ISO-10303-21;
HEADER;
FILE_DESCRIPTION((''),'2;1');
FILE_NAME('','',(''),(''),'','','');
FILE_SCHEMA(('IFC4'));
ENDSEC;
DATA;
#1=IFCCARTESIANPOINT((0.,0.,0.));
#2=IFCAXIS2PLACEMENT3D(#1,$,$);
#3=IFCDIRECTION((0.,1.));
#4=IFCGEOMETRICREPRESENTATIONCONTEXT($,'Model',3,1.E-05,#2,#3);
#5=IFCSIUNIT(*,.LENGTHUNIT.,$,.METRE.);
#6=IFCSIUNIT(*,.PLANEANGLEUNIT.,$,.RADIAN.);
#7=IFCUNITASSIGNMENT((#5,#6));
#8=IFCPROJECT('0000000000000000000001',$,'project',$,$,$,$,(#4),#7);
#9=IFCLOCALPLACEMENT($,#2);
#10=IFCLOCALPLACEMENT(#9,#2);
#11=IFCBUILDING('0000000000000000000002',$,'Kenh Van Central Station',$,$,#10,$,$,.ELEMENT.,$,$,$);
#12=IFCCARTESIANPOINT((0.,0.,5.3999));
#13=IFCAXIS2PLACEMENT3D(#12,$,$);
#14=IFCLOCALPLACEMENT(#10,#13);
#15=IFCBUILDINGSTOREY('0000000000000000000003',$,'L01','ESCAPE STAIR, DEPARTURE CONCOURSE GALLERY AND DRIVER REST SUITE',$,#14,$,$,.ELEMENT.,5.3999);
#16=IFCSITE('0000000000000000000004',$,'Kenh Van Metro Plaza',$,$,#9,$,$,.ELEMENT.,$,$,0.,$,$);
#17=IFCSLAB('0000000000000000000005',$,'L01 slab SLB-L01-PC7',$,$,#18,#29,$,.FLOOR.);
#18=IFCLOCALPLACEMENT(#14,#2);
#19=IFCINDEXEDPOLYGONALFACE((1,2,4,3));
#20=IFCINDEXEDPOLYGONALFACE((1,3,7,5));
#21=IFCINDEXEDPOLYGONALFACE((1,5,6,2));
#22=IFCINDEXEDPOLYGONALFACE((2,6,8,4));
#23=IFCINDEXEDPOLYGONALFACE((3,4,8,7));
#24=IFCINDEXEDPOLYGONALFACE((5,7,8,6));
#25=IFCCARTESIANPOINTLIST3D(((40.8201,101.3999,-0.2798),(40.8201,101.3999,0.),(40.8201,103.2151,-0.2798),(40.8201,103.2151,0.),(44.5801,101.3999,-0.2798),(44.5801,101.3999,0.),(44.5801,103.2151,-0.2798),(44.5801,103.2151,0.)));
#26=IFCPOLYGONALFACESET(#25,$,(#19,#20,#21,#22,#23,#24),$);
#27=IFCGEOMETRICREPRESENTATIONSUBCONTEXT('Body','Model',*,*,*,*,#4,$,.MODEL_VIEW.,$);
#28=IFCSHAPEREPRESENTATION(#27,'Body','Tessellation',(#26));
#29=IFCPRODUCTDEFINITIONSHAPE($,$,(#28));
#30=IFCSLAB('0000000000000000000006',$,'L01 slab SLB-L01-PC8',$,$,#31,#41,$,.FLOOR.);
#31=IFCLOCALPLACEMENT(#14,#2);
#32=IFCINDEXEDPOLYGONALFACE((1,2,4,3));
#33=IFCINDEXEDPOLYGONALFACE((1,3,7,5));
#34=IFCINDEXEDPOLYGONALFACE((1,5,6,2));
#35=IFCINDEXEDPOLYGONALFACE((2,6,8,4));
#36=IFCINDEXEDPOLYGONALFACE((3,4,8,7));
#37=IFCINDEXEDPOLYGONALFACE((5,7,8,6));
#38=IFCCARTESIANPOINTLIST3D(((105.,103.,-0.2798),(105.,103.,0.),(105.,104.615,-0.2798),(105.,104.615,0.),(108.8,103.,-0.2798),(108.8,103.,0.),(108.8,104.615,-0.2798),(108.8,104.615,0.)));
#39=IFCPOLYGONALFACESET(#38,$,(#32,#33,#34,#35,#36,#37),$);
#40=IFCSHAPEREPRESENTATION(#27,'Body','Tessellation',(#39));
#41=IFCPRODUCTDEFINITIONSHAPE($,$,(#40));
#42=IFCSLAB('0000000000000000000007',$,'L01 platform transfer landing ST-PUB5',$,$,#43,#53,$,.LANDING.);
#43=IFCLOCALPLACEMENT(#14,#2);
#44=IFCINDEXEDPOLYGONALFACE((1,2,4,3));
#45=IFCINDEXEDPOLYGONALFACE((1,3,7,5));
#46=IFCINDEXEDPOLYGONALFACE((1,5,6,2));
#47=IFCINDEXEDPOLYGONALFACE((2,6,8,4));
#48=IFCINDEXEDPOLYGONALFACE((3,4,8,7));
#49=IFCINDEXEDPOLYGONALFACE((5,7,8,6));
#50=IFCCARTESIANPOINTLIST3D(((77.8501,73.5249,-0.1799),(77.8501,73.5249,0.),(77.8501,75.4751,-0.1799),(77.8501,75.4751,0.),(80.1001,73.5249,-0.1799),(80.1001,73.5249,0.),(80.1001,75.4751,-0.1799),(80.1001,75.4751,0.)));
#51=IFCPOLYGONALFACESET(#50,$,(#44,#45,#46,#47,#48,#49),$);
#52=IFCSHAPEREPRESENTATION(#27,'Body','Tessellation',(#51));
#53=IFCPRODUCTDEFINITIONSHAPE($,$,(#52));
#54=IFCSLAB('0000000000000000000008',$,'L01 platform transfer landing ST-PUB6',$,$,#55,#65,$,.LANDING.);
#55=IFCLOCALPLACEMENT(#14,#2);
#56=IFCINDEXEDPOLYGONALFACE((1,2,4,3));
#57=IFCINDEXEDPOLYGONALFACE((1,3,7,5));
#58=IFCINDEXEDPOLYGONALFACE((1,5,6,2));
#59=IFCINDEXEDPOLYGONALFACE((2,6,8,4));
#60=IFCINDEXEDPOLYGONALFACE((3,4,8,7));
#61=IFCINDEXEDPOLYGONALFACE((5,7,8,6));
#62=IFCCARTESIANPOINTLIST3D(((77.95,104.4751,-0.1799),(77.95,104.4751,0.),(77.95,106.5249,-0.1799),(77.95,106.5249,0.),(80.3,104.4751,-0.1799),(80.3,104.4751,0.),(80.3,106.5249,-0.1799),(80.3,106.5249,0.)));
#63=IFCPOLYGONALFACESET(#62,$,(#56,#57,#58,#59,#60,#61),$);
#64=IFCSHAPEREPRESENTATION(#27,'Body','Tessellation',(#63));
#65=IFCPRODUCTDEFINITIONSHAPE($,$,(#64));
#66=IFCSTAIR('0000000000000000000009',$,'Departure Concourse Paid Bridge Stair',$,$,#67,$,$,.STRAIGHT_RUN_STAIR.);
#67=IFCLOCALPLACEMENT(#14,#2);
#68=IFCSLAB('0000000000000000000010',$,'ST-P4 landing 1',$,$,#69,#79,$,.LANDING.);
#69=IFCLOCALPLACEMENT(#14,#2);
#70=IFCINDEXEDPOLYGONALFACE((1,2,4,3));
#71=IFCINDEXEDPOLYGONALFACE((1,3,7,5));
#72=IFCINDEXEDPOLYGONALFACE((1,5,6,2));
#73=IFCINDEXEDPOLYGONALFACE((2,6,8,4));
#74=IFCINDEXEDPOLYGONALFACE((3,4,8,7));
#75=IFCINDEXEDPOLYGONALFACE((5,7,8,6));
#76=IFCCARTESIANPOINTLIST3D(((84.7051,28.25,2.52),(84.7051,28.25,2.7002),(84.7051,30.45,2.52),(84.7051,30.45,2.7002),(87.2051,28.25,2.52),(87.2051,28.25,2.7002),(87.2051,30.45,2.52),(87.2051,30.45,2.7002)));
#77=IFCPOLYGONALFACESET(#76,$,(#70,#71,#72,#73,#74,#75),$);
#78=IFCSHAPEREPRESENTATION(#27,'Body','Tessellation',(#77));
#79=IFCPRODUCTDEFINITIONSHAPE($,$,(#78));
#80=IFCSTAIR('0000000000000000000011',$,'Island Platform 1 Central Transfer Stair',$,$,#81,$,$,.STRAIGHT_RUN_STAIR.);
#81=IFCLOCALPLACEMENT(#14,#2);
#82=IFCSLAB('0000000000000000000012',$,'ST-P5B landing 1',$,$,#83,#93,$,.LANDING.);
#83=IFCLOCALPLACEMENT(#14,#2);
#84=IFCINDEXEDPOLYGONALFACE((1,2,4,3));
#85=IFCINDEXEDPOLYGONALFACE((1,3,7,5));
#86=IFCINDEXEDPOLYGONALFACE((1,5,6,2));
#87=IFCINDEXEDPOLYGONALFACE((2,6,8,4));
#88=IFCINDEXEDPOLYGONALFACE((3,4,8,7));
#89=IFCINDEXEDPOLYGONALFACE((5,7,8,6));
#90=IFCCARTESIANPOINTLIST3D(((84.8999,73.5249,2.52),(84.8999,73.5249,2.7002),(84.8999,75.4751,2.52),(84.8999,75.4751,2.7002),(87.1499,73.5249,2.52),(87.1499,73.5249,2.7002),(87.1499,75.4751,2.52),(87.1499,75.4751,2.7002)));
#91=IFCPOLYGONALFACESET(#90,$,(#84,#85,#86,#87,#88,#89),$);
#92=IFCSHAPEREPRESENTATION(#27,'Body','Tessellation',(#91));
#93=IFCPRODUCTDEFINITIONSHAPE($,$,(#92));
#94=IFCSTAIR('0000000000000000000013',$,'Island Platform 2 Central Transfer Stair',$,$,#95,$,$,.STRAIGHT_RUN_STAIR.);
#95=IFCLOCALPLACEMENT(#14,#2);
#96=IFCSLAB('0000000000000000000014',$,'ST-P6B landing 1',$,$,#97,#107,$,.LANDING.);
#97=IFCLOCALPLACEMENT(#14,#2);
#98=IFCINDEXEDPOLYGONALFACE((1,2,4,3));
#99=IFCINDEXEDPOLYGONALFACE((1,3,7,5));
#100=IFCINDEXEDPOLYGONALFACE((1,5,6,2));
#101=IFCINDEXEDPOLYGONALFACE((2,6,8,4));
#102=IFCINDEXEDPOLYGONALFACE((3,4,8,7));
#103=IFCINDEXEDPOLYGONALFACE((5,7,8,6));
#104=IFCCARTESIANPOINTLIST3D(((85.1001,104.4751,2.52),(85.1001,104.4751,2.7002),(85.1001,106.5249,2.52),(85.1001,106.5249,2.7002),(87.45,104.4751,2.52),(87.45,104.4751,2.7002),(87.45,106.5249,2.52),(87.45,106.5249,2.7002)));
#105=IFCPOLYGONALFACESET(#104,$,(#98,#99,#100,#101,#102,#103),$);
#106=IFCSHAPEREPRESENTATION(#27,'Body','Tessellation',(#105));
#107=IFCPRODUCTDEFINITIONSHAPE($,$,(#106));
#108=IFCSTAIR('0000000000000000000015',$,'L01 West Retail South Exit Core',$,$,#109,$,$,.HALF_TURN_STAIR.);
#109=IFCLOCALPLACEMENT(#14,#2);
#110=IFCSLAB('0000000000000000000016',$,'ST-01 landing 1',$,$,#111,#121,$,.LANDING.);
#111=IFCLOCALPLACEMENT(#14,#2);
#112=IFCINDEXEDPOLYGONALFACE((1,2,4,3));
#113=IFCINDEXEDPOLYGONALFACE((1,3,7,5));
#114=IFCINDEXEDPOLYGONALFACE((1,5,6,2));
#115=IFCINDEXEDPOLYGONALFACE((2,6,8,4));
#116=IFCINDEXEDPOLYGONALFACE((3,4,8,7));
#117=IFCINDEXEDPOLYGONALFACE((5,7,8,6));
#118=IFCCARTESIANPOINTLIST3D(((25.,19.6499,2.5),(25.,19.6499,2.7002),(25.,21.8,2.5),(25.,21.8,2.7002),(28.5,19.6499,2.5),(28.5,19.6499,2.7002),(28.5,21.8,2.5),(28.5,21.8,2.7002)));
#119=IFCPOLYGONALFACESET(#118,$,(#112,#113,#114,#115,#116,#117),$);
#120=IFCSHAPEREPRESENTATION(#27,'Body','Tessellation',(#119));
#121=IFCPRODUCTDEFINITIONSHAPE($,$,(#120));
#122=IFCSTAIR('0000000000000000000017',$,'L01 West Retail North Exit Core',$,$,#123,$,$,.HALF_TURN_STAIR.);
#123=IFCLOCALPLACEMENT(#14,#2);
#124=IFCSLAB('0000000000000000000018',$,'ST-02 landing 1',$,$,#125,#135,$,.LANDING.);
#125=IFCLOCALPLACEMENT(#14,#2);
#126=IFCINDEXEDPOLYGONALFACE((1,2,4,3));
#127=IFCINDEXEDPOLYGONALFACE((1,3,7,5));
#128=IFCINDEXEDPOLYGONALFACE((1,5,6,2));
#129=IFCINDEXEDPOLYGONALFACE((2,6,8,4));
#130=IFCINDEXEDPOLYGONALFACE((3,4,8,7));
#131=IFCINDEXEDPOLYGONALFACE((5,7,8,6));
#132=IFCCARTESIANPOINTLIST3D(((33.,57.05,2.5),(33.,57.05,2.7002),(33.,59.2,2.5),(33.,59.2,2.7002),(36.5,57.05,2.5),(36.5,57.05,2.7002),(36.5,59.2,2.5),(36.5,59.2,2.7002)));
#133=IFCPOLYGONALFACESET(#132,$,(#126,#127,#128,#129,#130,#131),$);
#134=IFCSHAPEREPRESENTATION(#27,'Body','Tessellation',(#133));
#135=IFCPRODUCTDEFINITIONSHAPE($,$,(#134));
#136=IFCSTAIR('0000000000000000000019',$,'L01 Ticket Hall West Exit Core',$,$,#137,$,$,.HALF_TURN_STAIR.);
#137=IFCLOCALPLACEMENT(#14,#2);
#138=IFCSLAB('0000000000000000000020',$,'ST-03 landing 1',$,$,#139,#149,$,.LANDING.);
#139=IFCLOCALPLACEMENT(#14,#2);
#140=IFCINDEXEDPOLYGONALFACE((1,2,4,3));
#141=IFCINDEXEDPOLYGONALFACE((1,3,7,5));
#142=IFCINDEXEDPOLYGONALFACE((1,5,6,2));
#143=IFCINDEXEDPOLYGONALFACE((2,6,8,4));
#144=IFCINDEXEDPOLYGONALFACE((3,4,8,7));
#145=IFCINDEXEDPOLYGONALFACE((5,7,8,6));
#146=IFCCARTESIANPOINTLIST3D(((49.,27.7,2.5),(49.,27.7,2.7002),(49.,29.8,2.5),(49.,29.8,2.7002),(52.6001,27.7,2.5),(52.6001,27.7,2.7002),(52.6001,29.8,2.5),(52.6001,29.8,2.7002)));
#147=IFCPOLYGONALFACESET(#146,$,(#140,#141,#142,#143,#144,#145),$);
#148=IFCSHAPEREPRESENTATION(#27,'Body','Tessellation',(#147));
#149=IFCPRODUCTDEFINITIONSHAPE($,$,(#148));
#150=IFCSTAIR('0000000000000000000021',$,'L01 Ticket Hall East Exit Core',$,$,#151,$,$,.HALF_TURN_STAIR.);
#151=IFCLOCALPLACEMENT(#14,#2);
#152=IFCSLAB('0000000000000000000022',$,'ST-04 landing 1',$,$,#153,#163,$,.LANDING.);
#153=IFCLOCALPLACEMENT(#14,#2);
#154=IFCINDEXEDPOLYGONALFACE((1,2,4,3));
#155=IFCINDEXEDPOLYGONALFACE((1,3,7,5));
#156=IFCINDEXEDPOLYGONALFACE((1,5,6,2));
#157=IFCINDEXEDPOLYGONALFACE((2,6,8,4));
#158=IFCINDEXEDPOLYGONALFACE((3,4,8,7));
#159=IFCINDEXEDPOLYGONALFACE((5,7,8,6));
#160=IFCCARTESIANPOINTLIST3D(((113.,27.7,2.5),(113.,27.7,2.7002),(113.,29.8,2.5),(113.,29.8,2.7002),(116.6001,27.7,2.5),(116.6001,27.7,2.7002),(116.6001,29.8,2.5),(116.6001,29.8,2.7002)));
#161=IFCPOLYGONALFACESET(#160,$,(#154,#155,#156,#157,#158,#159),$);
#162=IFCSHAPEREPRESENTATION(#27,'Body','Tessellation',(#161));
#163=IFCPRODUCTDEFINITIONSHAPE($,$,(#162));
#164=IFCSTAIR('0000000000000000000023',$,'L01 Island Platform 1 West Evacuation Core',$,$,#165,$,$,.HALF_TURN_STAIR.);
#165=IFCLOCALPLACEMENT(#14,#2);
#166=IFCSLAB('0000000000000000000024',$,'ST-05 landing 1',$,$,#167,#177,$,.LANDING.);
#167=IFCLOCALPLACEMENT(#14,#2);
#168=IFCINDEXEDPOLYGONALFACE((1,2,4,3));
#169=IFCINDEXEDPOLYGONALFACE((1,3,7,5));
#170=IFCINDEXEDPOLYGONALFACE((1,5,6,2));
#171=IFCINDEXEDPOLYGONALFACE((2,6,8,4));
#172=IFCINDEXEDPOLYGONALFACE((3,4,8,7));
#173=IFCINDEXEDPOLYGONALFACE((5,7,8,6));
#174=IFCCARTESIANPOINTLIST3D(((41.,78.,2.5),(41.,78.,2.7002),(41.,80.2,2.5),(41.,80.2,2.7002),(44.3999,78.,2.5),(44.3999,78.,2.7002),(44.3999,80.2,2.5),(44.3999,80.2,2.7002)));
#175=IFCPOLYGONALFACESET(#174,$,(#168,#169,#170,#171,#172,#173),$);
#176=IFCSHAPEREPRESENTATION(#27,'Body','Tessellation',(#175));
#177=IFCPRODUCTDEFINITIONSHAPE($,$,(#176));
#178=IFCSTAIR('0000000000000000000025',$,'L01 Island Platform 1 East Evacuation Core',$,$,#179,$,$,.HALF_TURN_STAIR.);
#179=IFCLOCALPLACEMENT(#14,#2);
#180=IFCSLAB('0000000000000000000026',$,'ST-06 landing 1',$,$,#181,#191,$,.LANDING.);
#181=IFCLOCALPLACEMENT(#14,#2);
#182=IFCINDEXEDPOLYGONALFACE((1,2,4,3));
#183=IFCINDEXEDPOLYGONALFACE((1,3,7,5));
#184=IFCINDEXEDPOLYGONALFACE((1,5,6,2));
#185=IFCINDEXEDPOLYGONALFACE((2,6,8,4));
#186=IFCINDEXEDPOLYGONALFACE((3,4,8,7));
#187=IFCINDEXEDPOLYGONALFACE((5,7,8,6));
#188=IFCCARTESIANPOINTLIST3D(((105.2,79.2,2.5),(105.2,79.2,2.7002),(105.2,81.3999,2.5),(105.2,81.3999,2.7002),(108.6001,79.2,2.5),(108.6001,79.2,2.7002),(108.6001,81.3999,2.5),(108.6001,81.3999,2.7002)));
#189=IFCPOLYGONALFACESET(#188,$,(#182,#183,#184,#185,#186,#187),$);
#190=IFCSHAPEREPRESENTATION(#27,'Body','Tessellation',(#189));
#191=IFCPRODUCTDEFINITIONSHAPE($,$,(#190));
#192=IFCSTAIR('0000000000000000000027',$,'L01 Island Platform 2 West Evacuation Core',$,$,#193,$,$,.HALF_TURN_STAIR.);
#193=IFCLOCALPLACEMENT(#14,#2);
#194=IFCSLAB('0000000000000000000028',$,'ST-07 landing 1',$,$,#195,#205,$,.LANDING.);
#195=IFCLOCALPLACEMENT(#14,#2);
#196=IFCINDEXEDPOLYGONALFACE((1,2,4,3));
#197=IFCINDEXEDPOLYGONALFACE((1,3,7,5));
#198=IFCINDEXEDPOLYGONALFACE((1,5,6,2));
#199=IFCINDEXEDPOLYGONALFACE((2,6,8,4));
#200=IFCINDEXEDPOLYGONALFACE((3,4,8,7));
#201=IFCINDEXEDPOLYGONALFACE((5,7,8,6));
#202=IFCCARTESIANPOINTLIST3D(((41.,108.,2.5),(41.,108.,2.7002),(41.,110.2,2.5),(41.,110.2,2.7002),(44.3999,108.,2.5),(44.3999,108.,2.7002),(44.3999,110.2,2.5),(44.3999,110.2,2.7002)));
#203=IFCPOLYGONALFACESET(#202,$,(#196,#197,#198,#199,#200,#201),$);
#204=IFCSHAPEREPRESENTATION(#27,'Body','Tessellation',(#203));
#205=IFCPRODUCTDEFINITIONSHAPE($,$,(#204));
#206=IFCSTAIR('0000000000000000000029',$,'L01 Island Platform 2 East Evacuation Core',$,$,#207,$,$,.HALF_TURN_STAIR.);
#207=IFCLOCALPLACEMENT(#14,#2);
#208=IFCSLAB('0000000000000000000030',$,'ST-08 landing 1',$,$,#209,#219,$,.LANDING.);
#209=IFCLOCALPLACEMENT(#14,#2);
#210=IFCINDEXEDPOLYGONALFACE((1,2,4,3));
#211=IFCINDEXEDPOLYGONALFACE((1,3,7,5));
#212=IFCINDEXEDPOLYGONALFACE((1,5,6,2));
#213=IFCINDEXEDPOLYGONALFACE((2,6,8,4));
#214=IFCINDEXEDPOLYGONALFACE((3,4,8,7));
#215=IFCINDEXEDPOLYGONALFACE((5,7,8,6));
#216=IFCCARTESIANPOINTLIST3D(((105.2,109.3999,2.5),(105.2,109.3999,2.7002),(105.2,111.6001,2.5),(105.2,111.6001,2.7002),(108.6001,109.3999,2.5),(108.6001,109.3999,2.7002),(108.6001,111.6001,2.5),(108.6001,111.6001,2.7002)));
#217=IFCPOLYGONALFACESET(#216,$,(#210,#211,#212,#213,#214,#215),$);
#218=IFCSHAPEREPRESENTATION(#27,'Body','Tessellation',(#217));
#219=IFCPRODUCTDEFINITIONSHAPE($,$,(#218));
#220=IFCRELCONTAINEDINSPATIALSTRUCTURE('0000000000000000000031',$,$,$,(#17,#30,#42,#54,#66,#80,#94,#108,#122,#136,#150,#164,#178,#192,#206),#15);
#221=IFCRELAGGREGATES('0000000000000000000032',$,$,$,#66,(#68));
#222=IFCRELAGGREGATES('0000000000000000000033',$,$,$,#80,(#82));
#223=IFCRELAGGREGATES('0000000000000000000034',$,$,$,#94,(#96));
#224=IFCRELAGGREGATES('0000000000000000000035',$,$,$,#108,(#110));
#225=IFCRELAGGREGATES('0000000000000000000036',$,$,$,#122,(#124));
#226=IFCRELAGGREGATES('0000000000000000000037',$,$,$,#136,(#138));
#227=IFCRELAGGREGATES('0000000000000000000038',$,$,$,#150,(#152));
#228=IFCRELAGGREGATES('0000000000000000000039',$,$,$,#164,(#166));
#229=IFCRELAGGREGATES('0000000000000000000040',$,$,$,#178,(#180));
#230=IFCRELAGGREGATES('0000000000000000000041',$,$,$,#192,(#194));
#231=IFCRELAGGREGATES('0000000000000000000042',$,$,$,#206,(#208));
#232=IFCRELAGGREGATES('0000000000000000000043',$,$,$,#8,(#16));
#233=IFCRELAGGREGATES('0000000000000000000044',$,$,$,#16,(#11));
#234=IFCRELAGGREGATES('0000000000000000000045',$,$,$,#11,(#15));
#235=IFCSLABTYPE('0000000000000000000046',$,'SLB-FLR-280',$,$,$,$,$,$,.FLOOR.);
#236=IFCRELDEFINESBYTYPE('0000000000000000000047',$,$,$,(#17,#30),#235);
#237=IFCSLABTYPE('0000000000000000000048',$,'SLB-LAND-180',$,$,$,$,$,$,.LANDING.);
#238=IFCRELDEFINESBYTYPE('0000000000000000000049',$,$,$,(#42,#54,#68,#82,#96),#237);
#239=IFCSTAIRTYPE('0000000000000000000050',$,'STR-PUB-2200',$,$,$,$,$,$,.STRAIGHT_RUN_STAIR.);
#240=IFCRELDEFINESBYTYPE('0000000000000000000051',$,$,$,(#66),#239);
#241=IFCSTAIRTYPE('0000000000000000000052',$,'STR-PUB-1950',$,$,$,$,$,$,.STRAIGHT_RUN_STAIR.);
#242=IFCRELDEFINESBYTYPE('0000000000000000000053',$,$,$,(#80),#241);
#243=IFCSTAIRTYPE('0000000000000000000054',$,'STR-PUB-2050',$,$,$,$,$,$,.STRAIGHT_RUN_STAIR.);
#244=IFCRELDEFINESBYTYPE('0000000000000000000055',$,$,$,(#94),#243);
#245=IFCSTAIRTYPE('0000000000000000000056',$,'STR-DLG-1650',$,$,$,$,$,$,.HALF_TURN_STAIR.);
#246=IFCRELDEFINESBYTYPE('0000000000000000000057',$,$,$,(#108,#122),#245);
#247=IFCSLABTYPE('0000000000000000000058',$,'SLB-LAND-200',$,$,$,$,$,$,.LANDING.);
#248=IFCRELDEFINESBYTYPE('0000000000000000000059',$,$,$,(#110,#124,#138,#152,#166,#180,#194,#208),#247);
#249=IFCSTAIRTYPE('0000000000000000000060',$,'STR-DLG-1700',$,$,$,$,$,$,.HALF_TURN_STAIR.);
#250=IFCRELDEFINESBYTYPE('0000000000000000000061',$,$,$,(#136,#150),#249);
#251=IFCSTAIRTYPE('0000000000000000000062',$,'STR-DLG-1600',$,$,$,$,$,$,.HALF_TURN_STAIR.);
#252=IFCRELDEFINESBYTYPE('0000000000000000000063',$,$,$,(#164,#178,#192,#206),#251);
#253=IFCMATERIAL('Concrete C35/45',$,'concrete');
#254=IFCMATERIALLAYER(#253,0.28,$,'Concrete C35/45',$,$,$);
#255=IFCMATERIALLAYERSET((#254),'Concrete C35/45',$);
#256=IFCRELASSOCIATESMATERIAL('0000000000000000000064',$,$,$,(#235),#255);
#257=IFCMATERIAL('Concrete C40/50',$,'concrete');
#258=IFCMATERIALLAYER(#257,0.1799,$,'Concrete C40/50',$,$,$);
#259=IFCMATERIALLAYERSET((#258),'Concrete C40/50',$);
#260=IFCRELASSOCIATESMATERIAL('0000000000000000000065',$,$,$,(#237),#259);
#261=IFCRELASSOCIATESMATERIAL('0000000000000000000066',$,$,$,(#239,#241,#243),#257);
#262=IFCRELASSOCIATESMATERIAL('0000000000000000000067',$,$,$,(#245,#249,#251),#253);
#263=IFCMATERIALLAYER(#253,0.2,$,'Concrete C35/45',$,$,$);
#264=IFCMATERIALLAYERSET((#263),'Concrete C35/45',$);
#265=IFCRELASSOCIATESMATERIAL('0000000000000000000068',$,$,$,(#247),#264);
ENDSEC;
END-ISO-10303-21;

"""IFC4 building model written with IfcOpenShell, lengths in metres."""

from ifc_helpers import new_model, si_unit, direction, frame, origin, place, context, subcontext, project, spatial, polyline, outline, extrude, material, layer, layer_set, type_object, element, aggregate, save


model = new_model("IFC4")

# Units and contexts
model_context = context("Model", 3, precision=1e-05, world=origin(), true_north=direction((0.0, 1.0)))
body_context = subcontext(model_context, "Body", "Model", "MODEL_VIEW")
ifc_project = project(units=[si_unit("LENGTHUNIT", "METRE"), si_unit("PLANEANGLEUNIT", "RADIAN")], contexts=[model_context])

# Site, building, storey
site_placement = place(None, origin())
site = spatial("IfcSite", under=ifc_project, at=site_placement, Name="Kenh Van Metro Plaza", CompositionType="ELEMENT", RefElevation=0.0)
building_placement = place(site_placement, origin())
building = spatial("IfcBuilding", under=site, at=building_placement, Name="Kenh Van Central Station", CompositionType="ELEMENT")
storey_placement = place(building_placement, frame((0.0, 0.0, 5.3999)))
storey = spatial("IfcBuildingStorey", under=building, at=storey_placement, Name="L01", Description="ESCAPE STAIR, DEPARTURE CONCOURSE GALLERY AND DRIVER REST SUITE", CompositionType="ELEMENT", Elevation=5.3999)

# Shared definitions
ifc_material_1 = material(Name="Concrete C35/45", Category="concrete")
ifc_material_2 = material(Name="Concrete C40/50", Category="concrete")

# Slabs
ifc_layer_1 = layer(ifc_material_1, 0.28, Name="Concrete C35/45")
ifc_layer_set_1 = layer_set([ifc_layer_1], Name="Concrete C35/45")
slab_type_1 = type_object("IfcSlabType", Name="SLB-FLR-280", PredefinedType="FLOOR", material=ifc_layer_set_1)
slab_1_placement = place(storey_placement, frame((0.0, 0.0, -0.2798)))
element("IfcSlab", 1, at=slab_1_placement, inside=storey, type_object=slab_type_1, Name="L01 slab SLB-L01-PC7", PredefinedType="FLOOR", context=body_context, shape_type="SweptSolid", body=[
    extrude(outline(polyline([(40.8201, 101.3999), (44.5801, 101.3999), (44.5801, 103.2151), (40.8201, 103.2151), (40.8201, 101.3999)])), origin(), (0.0, 0.0, 1.0), 0.2798),
])
slab_2_placement = place(storey_placement, frame((0.0, 0.0, -0.2798)))
element("IfcSlab", 2, at=slab_2_placement, inside=storey, type_object=slab_type_1, Name="L01 slab SLB-L01-PC8", PredefinedType="FLOOR", context=body_context, shape_type="SweptSolid", body=[
    extrude(outline(polyline([(105.0, 103.0), (108.8, 103.0), (108.8, 104.615), (105.0, 104.615), (105.0, 103.0)])), origin(), (0.0, 0.0, 1.0), 0.2798),
])
ifc_layer_2 = layer(ifc_material_2, 0.1799, Name="Concrete C40/50")
ifc_layer_set_2 = layer_set([ifc_layer_2], Name="Concrete C40/50")
slab_type_2 = type_object("IfcSlabType", Name="SLB-LAND-180", PredefinedType="LANDING", material=ifc_layer_set_2)
slab_3_placement = place(storey_placement, frame((0.0, 0.0, -0.1799)))
element("IfcSlab", 3, at=slab_3_placement, inside=storey, type_object=slab_type_2, Name="L01 platform transfer landing ST-PUB5", PredefinedType="LANDING", context=body_context, shape_type="SweptSolid", body=[
    extrude(outline(polyline([(77.8501, 73.5249), (80.1001, 73.5249), (80.1001, 75.4751), (77.8501, 75.4751), (77.8501, 73.5249)])), origin(), (0.0, 0.0, 1.0), 0.1799),
])
slab_4_placement = place(storey_placement, frame((0.0, 0.0, -0.1799)))
element("IfcSlab", 4, at=slab_4_placement, inside=storey, type_object=slab_type_2, Name="L01 platform transfer landing ST-PUB6", PredefinedType="LANDING", context=body_context, shape_type="SweptSolid", body=[
    extrude(outline(polyline([(77.95, 104.4751), (80.3, 104.4751), (80.3, 106.5249), (77.95, 106.5249), (77.95, 104.4751)])), origin(), (0.0, 0.0, 1.0), 0.1799),
])

# Stairs, slabs
stair_type_1 = type_object("IfcStairType", Name="STR-PUB-2200", PredefinedType="STRAIGHT_RUN_STAIR", material=ifc_material_2)
stair_1_placement = place(storey_placement, origin())
stair_1 = element("IfcStair", 5, at=stair_1_placement, inside=storey, type_object=stair_type_1, Name="Departure Concourse Paid Bridge Stair", PredefinedType="STRAIGHT_RUN_STAIR")
slab_5_placement = place(storey_placement, frame((0.0, 0.0, 2.52)))
slab_5 = element("IfcSlab", 6, at=slab_5_placement, type_object=slab_type_2, Name="ST-P4 landing 1", PredefinedType="LANDING", context=body_context, shape_type="SweptSolid", body=[
    extrude(outline(polyline([(84.7051, 28.25), (87.2051, 28.25), (87.2051, 30.45), (84.7051, 30.45), (84.7051, 28.25)])), origin(), (0.0, 0.0, 1.0), 0.1802),
])
aggregate(stair_1, [slab_5])
stair_type_2 = type_object("IfcStairType", Name="STR-PUB-1950", PredefinedType="STRAIGHT_RUN_STAIR", material=ifc_material_2)
stair_2_placement = place(storey_placement, origin())
stair_2 = element("IfcStair", 7, at=stair_2_placement, inside=storey, type_object=stair_type_2, Name="Island Platform 1 Central Transfer Stair", PredefinedType="STRAIGHT_RUN_STAIR")
slab_6_placement = place(storey_placement, frame((0.0, 0.0, 2.52)))
slab_6 = element("IfcSlab", 8, at=slab_6_placement, type_object=slab_type_2, Name="ST-P5B landing 1", PredefinedType="LANDING", context=body_context, shape_type="SweptSolid", body=[
    extrude(outline(polyline([(84.8999, 73.5249), (87.1499, 73.5249), (87.1499, 75.4751), (84.8999, 75.4751), (84.8999, 73.5249)])), origin(), (0.0, 0.0, 1.0), 0.1802),
])
aggregate(stair_2, [slab_6])
stair_type_3 = type_object("IfcStairType", Name="STR-PUB-2050", PredefinedType="STRAIGHT_RUN_STAIR", material=ifc_material_2)
stair_3_placement = place(storey_placement, origin())
stair_3 = element("IfcStair", 9, at=stair_3_placement, inside=storey, type_object=stair_type_3, Name="Island Platform 2 Central Transfer Stair", PredefinedType="STRAIGHT_RUN_STAIR")
slab_7_placement = place(storey_placement, frame((0.0, 0.0, 2.52)))
slab_7 = element("IfcSlab", 10, at=slab_7_placement, type_object=slab_type_2, Name="ST-P6B landing 1", PredefinedType="LANDING", context=body_context, shape_type="SweptSolid", body=[
    extrude(outline(polyline([(85.1001, 104.4751), (87.45, 104.4751), (87.45, 106.5249), (85.1001, 106.5249), (85.1001, 104.4751)])), origin(), (0.0, 0.0, 1.0), 0.1802),
])
aggregate(stair_3, [slab_7])
stair_type_4 = type_object("IfcStairType", Name="STR-DLG-1650", PredefinedType="HALF_TURN_STAIR", material=ifc_material_1)
stair_4_placement = place(storey_placement, origin())
stair_4 = element("IfcStair", 11, at=stair_4_placement, inside=storey, type_object=stair_type_4, Name="L01 West Retail South Exit Core", PredefinedType="HALF_TURN_STAIR")
ifc_layer_3 = layer(ifc_material_1, 0.2, Name="Concrete C35/45")
ifc_layer_set_3 = layer_set([ifc_layer_3], Name="Concrete C35/45")
slab_type_3 = type_object("IfcSlabType", Name="SLB-LAND-200", PredefinedType="LANDING", material=ifc_layer_set_3)
slab_8_placement = place(storey_placement, frame((0.0, 0.0, 2.5)))
slab_8 = element("IfcSlab", 12, at=slab_8_placement, type_object=slab_type_3, Name="ST-01 landing 1", PredefinedType="LANDING", context=body_context, shape_type="SweptSolid", body=[
    extrude(outline(polyline([(28.5, 19.6499), (28.5, 21.8), (25.0, 21.8), (25.0, 19.6499), (28.5, 19.6499)])), origin(), (0.0, 0.0, 1.0), 0.2002),
])
aggregate(stair_4, [slab_8])
stair_5_placement = place(storey_placement, origin())
stair_5 = element("IfcStair", 13, at=stair_5_placement, inside=storey, type_object=stair_type_4, Name="L01 West Retail North Exit Core", PredefinedType="HALF_TURN_STAIR")
slab_9_placement = place(storey_placement, frame((0.0, 0.0, 2.5)))
slab_9 = element("IfcSlab", 14, at=slab_9_placement, type_object=slab_type_3, Name="ST-02 landing 1", PredefinedType="LANDING", context=body_context, shape_type="SweptSolid", body=[
    extrude(outline(polyline([(36.5, 57.05), (36.5, 59.2), (33.0, 59.2), (33.0, 57.05), (36.5, 57.05)])), origin(), (0.0, 0.0, 1.0), 0.2002),
])
aggregate(stair_5, [slab_9])
stair_type_5 = type_object("IfcStairType", Name="STR-DLG-1700", PredefinedType="HALF_TURN_STAIR", material=ifc_material_1)
stair_6_placement = place(storey_placement, origin())
stair_6 = element("IfcStair", 15, at=stair_6_placement, inside=storey, type_object=stair_type_5, Name="L01 Ticket Hall West Exit Core", PredefinedType="HALF_TURN_STAIR")
slab_10_placement = place(storey_placement, frame((0.0, 0.0, 2.5)))
slab_10 = element("IfcSlab", 16, at=slab_10_placement, type_object=slab_type_3, Name="ST-03 landing 1", PredefinedType="LANDING", context=body_context, shape_type="SweptSolid", body=[
    extrude(outline(polyline([(52.6001, 27.7), (52.6001, 29.8), (49.0, 29.8), (49.0, 27.7), (52.6001, 27.7)])), origin(), (0.0, 0.0, 1.0), 0.2002),
])
aggregate(stair_6, [slab_10])
stair_7_placement = place(storey_placement, origin())
stair_7 = element("IfcStair", 17, at=stair_7_placement, inside=storey, type_object=stair_type_5, Name="L01 Ticket Hall East Exit Core", PredefinedType="HALF_TURN_STAIR")
slab_11_placement = place(storey_placement, frame((0.0, 0.0, 2.5)))
slab_11 = element("IfcSlab", 18, at=slab_11_placement, type_object=slab_type_3, Name="ST-04 landing 1", PredefinedType="LANDING", context=body_context, shape_type="SweptSolid", body=[
    extrude(outline(polyline([(116.6001, 27.7), (116.6001, 29.8), (113.0, 29.8), (113.0, 27.7), (116.6001, 27.7)])), origin(), (0.0, 0.0, 1.0), 0.2002),
])
aggregate(stair_7, [slab_11])
stair_type_6 = type_object("IfcStairType", Name="STR-DLG-1600", PredefinedType="HALF_TURN_STAIR", material=ifc_material_1)
stair_8_placement = place(storey_placement, origin())
stair_8 = element("IfcStair", 19, at=stair_8_placement, inside=storey, type_object=stair_type_6, Name="L01 Island Platform 1 West Evacuation Core", PredefinedType="HALF_TURN_STAIR")
slab_12_placement = place(storey_placement, frame((0.0, 0.0, 2.5)))
slab_12 = element("IfcSlab", 20, at=slab_12_placement, type_object=slab_type_3, Name="ST-05 landing 1", PredefinedType="LANDING", context=body_context, shape_type="SweptSolid", body=[
    extrude(outline(polyline([(44.3999, 78.0), (44.3999, 80.2), (41.0, 80.2), (41.0, 78.0), (44.3999, 78.0)])), origin(), (0.0, 0.0, 1.0), 0.2002),
])
aggregate(stair_8, [slab_12])
stair_9_placement = place(storey_placement, origin())
stair_9 = element("IfcStair", 21, at=stair_9_placement, inside=storey, type_object=stair_type_6, Name="L01 Island Platform 1 East Evacuation Core", PredefinedType="HALF_TURN_STAIR")
slab_13_placement = place(storey_placement, frame((0.0, 0.0, 2.5)))
slab_13 = element("IfcSlab", 22, at=slab_13_placement, type_object=slab_type_3, Name="ST-06 landing 1", PredefinedType="LANDING", context=body_context, shape_type="SweptSolid", body=[
    extrude(outline(polyline([(108.6001, 79.2), (108.6001, 81.3999), (105.2, 81.3999), (105.2, 79.2), (108.6001, 79.2)])), origin(), (0.0, 0.0, 1.0), 0.2002),
])
aggregate(stair_9, [slab_13])
stair_10_placement = place(storey_placement, origin())
stair_10 = element("IfcStair", 23, at=stair_10_placement, inside=storey, type_object=stair_type_6, Name="L01 Island Platform 2 West Evacuation Core", PredefinedType="HALF_TURN_STAIR")
slab_14_placement = place(storey_placement, frame((0.0, 0.0, 2.5)))
slab_14 = element("IfcSlab", 24, at=slab_14_placement, type_object=slab_type_3, Name="ST-07 landing 1", PredefinedType="LANDING", context=body_context, shape_type="SweptSolid", body=[
    extrude(outline(polyline([(44.3999, 108.0), (44.3999, 110.2), (41.0, 110.2), (41.0, 108.0), (44.3999, 108.0)])), origin(), (0.0, 0.0, 1.0), 0.2002),
])
aggregate(stair_10, [slab_14])
stair_11_placement = place(storey_placement, origin())
stair_11 = element("IfcStair", 25, at=stair_11_placement, inside=storey, type_object=stair_type_6, Name="L01 Island Platform 2 East Evacuation Core", PredefinedType="HALF_TURN_STAIR")
slab_15_placement = place(storey_placement, frame((0.0, 0.0, 2.5)))
slab_15 = element("IfcSlab", 26, at=slab_15_placement, type_object=slab_type_3, Name="ST-08 landing 1", PredefinedType="LANDING", context=body_context, shape_type="SweptSolid", body=[
    extrude(outline(polyline([(108.6001, 109.3999), (108.6001, 111.6001), (105.2, 111.6001), (105.2, 109.3999), (108.6001, 109.3999)])), origin(), (0.0, 0.0, 1.0), 0.2002),
])
aggregate(stair_11, [slab_15])

save(model, "model.ifc")
